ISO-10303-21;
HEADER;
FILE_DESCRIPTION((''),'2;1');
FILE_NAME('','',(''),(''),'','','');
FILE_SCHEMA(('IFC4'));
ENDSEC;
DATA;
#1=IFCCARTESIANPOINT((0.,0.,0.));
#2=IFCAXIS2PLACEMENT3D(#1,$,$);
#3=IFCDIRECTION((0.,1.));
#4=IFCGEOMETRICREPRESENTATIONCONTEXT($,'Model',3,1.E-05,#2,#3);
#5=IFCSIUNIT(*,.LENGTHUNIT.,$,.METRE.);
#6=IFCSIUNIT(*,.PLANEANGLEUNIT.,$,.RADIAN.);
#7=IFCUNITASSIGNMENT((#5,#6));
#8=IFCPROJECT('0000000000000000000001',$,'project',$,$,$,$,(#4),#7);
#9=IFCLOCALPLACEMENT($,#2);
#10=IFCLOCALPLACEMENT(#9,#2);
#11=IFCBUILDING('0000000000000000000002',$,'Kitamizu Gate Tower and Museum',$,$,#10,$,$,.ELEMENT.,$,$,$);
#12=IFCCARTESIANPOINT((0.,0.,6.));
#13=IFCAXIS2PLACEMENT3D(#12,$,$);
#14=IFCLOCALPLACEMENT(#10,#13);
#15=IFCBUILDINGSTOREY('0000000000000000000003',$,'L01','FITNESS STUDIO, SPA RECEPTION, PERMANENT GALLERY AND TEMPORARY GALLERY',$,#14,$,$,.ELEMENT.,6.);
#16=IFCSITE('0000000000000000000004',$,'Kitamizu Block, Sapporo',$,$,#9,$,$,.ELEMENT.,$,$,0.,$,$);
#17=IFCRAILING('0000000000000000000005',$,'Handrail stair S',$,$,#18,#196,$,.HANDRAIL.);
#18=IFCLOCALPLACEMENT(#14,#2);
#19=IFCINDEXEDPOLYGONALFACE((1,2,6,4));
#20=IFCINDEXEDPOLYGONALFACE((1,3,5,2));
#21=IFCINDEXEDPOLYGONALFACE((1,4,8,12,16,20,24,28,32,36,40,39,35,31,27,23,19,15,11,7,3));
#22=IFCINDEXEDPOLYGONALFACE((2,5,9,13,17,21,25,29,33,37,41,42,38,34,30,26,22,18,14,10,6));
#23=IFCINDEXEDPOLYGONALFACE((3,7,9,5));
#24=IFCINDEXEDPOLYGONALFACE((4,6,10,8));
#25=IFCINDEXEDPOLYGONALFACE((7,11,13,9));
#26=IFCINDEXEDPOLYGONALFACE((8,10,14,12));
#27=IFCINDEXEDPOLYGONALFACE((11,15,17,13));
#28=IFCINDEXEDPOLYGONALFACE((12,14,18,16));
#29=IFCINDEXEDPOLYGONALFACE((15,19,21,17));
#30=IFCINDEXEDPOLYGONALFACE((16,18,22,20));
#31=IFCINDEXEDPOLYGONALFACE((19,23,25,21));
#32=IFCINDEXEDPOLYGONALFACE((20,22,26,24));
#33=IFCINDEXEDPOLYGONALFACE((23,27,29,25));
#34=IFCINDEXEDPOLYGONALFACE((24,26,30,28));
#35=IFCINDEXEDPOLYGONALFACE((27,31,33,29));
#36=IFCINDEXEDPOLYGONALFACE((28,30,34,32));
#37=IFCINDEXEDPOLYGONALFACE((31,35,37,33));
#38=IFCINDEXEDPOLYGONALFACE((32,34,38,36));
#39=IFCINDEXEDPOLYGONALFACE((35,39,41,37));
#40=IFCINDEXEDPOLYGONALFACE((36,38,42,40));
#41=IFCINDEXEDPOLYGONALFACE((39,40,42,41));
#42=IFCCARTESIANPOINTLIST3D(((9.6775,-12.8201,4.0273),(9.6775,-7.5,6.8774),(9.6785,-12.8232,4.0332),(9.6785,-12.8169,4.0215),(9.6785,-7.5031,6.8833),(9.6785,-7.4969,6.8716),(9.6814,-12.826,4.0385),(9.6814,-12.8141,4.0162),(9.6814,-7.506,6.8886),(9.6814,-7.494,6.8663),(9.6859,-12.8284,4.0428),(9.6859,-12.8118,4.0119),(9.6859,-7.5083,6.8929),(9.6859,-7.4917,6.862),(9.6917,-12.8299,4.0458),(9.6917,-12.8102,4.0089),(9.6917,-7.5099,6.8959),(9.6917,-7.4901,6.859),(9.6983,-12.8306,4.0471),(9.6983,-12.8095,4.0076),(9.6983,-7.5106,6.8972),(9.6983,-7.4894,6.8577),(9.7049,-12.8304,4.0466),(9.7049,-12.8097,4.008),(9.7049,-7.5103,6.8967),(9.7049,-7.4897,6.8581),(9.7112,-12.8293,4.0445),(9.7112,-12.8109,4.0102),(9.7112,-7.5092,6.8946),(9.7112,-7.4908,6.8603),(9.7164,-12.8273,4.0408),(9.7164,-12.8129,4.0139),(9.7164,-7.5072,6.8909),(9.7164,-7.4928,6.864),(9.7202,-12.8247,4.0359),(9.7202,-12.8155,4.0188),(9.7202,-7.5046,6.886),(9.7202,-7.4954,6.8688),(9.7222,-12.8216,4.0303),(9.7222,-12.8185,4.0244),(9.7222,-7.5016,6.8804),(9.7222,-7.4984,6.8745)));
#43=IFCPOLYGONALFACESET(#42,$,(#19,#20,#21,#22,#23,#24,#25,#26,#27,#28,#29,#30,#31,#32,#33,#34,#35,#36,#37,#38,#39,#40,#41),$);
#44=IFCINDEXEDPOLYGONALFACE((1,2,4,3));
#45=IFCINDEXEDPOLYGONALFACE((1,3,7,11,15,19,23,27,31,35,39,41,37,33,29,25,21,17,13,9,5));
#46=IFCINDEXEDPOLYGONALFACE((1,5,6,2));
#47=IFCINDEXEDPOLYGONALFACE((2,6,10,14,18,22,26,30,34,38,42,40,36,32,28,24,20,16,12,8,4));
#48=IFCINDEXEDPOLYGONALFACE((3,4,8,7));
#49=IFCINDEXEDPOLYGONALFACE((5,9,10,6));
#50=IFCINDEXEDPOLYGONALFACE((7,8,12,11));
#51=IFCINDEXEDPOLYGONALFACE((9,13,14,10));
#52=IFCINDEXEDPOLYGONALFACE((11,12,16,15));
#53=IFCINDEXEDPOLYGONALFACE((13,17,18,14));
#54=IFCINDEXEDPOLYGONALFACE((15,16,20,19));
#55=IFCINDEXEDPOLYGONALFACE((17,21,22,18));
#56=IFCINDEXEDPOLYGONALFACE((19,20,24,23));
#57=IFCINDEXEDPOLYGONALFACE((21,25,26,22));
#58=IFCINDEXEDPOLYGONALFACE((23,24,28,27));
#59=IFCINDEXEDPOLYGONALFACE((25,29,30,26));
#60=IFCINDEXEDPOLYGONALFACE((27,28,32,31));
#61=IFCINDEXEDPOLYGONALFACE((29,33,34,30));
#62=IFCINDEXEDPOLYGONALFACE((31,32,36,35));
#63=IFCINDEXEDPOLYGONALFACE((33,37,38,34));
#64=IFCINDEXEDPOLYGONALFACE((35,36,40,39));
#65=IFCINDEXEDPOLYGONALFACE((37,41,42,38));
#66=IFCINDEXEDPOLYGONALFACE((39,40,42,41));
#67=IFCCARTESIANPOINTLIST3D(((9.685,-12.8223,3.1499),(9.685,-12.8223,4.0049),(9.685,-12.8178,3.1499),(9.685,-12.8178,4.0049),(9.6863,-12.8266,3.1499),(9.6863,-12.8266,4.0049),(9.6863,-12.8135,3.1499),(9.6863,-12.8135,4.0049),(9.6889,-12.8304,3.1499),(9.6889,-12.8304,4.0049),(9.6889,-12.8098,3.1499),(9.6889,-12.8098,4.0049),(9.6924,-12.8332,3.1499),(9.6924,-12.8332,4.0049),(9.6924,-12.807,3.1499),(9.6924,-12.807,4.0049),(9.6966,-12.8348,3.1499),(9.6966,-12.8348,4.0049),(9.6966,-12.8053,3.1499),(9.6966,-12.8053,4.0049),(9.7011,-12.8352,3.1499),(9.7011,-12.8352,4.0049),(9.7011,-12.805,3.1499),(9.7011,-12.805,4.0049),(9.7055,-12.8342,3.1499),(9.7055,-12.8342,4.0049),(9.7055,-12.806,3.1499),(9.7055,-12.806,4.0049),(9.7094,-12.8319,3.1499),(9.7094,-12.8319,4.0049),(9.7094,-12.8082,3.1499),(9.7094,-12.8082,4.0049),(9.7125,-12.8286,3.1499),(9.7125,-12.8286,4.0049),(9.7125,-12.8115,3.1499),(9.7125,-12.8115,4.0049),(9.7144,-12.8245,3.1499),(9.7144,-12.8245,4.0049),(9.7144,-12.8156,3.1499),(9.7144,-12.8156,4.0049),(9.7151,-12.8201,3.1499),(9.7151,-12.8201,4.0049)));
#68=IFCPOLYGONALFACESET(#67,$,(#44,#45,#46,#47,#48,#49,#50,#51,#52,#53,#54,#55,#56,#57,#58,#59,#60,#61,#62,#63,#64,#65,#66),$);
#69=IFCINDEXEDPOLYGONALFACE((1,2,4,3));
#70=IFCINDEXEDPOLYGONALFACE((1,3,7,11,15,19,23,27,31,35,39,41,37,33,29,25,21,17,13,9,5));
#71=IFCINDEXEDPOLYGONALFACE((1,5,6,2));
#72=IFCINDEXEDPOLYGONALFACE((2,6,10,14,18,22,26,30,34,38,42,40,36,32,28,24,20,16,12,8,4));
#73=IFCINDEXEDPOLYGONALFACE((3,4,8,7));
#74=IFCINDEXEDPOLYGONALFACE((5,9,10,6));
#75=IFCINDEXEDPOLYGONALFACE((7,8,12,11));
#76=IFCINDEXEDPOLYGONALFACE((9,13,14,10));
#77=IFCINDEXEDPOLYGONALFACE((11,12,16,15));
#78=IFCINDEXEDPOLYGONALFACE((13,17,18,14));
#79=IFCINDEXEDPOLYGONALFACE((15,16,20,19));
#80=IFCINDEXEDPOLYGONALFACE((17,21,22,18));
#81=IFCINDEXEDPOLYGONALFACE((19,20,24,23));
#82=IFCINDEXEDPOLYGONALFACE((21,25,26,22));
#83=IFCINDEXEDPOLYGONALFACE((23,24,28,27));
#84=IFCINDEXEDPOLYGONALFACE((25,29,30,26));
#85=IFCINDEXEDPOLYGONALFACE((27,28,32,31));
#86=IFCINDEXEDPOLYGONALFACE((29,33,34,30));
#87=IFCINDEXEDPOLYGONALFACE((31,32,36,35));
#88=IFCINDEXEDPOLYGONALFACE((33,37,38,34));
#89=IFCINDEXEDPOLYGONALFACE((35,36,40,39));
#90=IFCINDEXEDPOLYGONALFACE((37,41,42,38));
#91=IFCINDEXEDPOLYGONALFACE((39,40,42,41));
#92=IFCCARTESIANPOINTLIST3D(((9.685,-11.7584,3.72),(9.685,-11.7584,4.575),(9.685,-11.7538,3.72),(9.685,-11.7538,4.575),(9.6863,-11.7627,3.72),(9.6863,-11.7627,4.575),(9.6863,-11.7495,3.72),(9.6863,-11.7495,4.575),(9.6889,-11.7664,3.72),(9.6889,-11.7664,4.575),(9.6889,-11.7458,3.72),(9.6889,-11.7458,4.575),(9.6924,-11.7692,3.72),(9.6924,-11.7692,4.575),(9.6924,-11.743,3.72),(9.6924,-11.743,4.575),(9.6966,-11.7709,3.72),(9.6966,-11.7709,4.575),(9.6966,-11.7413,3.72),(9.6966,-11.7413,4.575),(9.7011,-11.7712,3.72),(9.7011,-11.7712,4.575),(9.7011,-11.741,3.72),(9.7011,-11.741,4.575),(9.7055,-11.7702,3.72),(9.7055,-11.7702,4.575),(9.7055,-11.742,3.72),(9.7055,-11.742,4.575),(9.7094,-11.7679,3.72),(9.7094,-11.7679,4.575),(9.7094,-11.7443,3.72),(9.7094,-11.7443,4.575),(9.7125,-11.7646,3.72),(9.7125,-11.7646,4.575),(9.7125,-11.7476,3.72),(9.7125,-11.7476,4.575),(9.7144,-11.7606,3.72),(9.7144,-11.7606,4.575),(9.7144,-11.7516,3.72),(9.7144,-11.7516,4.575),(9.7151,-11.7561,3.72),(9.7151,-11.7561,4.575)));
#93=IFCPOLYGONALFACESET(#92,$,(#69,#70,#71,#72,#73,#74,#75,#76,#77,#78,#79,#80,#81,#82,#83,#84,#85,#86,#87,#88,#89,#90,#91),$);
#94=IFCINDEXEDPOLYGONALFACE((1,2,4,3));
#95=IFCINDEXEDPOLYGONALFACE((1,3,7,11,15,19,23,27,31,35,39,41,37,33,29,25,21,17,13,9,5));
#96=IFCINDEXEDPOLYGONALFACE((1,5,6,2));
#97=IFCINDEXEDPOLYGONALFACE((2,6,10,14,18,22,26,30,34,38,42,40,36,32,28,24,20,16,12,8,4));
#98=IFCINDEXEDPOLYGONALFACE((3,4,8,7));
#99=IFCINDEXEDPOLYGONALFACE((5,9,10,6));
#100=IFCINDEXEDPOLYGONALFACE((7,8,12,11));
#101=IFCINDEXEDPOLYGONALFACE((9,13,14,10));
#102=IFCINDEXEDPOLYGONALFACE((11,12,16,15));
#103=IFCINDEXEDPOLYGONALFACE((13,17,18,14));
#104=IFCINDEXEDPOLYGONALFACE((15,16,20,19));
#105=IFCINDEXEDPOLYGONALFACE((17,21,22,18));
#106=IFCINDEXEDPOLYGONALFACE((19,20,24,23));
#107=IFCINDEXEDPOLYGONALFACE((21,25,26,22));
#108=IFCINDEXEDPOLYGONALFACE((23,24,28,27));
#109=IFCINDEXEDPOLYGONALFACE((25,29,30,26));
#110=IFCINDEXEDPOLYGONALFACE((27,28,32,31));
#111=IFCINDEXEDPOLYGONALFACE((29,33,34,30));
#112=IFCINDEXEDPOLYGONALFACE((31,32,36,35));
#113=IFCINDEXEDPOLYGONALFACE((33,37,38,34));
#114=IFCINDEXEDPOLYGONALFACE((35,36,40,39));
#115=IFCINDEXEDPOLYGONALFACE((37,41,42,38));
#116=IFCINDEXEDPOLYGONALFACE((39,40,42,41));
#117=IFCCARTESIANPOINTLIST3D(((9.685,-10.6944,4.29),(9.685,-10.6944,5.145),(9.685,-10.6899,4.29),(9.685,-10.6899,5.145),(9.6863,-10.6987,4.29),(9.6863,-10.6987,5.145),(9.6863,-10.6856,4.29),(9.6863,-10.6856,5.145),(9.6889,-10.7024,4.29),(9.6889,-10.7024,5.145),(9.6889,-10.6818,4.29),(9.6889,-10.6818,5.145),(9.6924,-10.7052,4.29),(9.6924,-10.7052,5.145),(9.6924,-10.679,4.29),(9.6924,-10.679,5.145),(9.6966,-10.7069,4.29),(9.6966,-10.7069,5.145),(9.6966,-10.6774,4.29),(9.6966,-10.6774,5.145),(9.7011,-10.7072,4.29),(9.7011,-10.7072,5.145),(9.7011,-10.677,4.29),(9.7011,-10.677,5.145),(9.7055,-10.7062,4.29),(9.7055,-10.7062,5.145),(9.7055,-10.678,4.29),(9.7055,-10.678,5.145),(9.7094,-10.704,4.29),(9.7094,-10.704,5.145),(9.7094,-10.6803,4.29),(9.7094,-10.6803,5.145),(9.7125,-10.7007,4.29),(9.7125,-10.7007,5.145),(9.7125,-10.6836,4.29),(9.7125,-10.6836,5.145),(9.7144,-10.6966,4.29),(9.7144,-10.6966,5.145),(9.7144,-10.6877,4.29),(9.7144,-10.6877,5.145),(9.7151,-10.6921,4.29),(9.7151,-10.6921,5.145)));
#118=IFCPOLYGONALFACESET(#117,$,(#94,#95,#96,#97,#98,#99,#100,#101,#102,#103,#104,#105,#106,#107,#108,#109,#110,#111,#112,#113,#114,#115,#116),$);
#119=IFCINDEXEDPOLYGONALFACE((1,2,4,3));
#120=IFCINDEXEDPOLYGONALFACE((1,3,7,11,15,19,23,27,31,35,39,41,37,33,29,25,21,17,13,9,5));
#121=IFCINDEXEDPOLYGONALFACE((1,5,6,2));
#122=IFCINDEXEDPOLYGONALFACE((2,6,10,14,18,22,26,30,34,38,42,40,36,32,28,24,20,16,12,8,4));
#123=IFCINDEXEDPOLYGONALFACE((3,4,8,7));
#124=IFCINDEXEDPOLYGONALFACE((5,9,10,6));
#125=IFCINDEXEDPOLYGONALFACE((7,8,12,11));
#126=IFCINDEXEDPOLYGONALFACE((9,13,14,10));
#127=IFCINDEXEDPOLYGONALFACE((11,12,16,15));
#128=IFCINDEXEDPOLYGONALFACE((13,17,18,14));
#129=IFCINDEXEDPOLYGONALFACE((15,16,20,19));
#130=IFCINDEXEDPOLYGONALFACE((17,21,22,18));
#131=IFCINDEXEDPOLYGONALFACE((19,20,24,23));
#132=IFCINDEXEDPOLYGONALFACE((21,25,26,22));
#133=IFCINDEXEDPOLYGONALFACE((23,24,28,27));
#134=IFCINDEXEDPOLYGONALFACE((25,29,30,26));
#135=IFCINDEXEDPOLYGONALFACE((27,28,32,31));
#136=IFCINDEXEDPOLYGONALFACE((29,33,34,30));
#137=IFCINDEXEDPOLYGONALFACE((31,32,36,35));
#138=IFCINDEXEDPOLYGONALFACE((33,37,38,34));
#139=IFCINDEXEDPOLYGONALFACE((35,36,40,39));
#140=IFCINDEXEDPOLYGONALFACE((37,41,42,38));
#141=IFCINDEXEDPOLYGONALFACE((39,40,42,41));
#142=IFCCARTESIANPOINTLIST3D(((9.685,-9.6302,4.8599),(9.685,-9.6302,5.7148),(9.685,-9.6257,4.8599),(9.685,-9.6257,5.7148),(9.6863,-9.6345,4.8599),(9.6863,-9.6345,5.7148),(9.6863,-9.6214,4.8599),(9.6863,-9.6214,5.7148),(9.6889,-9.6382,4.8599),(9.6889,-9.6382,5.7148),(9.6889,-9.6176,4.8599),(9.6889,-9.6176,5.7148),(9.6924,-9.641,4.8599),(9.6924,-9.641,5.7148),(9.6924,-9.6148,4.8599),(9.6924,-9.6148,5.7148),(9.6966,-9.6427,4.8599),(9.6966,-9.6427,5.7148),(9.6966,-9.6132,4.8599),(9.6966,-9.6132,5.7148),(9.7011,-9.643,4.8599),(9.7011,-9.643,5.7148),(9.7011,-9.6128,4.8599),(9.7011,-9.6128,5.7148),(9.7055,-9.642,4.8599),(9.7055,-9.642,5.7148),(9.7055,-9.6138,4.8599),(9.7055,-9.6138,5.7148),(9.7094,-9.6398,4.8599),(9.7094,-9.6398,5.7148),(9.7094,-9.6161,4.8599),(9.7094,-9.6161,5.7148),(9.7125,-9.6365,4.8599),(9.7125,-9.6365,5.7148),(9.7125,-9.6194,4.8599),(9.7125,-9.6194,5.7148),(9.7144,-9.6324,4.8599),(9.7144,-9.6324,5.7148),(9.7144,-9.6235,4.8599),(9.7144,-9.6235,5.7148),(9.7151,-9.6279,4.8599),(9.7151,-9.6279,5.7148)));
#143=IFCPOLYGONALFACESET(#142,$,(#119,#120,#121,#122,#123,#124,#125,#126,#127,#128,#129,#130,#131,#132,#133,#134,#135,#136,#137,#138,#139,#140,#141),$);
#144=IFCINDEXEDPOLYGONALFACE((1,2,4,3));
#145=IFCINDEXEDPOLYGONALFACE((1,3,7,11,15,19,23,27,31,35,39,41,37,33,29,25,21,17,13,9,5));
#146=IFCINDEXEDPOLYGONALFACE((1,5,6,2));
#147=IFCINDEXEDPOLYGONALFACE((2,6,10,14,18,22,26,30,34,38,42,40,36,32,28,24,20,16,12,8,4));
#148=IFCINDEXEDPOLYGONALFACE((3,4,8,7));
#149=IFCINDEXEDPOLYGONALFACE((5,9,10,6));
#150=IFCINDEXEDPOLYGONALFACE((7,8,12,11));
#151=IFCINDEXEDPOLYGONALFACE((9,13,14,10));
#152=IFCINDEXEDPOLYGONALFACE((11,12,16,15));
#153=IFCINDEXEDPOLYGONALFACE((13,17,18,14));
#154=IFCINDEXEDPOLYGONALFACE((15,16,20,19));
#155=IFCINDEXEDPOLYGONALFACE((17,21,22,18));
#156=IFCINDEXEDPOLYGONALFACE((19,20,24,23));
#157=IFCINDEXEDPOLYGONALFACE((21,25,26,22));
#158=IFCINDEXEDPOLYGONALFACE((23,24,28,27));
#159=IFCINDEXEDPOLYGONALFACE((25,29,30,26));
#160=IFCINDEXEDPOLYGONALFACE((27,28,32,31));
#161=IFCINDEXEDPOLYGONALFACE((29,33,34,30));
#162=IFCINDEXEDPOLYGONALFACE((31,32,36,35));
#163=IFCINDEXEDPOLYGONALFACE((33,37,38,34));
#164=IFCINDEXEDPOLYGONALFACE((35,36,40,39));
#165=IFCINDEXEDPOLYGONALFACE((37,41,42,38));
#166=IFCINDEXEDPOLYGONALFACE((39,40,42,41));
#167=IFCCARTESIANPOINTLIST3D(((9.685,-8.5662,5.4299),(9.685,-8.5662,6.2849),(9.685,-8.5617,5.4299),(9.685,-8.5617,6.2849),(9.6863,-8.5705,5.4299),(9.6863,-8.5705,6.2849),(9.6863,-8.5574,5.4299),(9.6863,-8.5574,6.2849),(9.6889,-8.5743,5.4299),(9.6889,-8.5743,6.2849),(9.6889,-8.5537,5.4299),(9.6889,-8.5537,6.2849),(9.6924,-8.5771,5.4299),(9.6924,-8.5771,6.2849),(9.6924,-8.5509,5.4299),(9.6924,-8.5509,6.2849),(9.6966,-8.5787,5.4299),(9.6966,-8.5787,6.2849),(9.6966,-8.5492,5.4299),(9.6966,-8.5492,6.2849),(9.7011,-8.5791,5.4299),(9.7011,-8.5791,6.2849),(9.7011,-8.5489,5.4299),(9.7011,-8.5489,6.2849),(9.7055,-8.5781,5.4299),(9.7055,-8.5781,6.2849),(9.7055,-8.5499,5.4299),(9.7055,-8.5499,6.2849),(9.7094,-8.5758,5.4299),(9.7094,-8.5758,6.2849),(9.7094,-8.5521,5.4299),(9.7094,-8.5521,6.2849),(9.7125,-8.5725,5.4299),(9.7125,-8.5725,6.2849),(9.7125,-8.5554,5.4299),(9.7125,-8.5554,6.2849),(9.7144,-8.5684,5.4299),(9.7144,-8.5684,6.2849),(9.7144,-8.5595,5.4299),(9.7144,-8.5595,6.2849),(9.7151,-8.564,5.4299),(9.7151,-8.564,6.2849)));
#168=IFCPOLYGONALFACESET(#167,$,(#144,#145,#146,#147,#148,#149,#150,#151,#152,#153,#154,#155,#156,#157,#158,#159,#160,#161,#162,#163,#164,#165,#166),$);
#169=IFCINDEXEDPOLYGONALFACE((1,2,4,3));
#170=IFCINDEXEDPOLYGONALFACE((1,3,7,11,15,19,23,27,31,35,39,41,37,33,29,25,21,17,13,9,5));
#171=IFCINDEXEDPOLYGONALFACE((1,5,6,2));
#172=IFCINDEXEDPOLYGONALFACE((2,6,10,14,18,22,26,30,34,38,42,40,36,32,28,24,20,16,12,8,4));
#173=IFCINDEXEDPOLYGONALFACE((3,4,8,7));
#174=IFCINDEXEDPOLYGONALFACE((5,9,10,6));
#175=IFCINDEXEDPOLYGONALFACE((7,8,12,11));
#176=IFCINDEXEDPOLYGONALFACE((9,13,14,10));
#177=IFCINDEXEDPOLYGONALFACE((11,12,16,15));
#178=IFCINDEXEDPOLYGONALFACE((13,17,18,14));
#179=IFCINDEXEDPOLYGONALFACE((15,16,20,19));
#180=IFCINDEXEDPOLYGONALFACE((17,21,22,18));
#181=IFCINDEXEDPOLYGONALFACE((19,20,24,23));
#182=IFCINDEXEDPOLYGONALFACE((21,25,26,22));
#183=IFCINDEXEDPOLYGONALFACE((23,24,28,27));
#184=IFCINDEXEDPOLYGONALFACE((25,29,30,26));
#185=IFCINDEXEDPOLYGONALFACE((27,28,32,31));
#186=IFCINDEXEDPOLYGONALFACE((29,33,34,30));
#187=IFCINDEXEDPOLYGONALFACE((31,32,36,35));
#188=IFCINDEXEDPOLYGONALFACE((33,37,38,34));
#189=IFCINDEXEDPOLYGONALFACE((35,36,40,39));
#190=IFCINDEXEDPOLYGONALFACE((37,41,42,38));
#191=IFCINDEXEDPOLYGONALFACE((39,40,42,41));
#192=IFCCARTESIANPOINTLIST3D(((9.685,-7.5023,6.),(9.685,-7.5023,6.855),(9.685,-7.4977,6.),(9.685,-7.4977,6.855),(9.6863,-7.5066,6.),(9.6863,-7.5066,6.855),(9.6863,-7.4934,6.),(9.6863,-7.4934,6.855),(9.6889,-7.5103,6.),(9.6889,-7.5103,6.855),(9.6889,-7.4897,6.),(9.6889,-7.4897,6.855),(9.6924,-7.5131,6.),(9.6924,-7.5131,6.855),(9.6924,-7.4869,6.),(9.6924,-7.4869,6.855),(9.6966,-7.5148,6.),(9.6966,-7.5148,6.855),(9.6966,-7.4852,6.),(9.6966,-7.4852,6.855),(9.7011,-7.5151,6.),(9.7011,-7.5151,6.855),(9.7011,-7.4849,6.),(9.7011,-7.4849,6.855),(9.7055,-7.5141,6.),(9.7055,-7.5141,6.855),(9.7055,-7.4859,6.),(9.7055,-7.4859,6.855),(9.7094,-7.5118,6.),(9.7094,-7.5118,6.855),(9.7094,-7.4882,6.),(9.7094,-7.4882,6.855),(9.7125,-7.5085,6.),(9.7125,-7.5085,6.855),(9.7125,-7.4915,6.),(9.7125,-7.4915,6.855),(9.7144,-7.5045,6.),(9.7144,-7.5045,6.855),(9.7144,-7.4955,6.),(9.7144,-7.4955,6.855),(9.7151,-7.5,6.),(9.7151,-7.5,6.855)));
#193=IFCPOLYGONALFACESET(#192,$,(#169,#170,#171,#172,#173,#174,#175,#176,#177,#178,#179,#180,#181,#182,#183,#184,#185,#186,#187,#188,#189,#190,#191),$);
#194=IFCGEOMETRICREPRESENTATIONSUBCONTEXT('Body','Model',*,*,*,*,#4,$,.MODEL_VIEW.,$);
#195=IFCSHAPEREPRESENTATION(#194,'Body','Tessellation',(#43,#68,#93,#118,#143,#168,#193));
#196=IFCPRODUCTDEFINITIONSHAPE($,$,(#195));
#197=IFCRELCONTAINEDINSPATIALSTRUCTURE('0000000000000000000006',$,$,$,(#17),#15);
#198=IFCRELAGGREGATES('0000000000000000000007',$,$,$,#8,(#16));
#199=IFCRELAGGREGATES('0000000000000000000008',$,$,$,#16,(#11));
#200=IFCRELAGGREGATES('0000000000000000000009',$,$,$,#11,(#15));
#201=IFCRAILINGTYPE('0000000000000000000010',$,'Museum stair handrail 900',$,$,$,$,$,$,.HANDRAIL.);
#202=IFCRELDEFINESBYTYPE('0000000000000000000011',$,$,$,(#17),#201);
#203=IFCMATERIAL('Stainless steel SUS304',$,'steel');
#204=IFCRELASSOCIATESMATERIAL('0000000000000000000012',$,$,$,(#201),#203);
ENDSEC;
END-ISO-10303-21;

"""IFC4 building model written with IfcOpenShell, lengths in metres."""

from ifc_helpers import new_model, si_unit, direction, frame, origin, origin_2d, place, context, subcontext, project, spatial, circle, extrude, material, type_object, element, save


model = new_model("IFC4")

# Units and contexts
model_context = context("Model", 3, precision=1e-05, world=origin(), true_north=direction((0.0, 1.0)))
body_context = subcontext(model_context, "Body", "Model", "MODEL_VIEW")
ifc_project = project(units=[si_unit("LENGTHUNIT", "METRE"), si_unit("PLANEANGLEUNIT", "RADIAN")], contexts=[model_context])

# Site, building, storey
site_placement = place(None, origin())
site = spatial("IfcSite", under=ifc_project, at=site_placement, Name="Kitamizu Block, Sapporo", CompositionType="ELEMENT", RefElevation=0.0)
building_placement = place(site_placement, origin())
building = spatial("IfcBuilding", under=site, at=building_placement, Name="Kitamizu Gate Tower and Museum", CompositionType="ELEMENT")
storey_placement = place(building_placement, frame((0.0, 0.0, 6.0)))
storey = spatial("IfcBuildingStorey", under=building, at=storey_placement, Name="L01", Description="FITNESS STUDIO, SPA RECEPTION, PERMANENT GALLERY AND TEMPORARY GALLERY", CompositionType="ELEMENT", Elevation=6.0)

# Railing
ifc_material_1 = material(Name="Stainless steel SUS304", Category="steel")
railing_type = type_object("IfcRailingType", Name="Museum stair handrail 900", PredefinedType="HANDRAIL", material=ifc_material_1)
railing_placement = place(storey_placement, frame((9.7, -12.8201, 3.1499)))
element("IfcRailing", 1, at=railing_placement, inside=storey, type_object=railing_type, Name="Handrail stair S", PredefinedType="HANDRAIL", context=body_context, shape_type="SweptSolid", body=[
    extrude(circle(Radius=0.0225, at=origin_2d()), frame((0.0, 0.0, 0.8774), z_axis=(0.0, 0.881476, 0.472229), x_axis=(-1.0, 0.0, 0.0)), (0.0, 0.0, 1.0), 6.0354),
    extrude(circle(Radius=0.0151, at=origin_2d()), origin(), (0.0, 0.0, 1.0), 0.855),
    extrude(circle(Radius=0.0151, at=origin_2d()), frame((0.0, 1.064, 0.5701)), (0.0, 0.0, 1.0), 0.855),
    extrude(circle(Radius=0.0151, at=origin_2d()), frame((0.0, 2.1279, 1.1401)), (0.0, 0.0, 1.0), 0.855),
    extrude(circle(Radius=0.0151, at=origin_2d()), frame((0.0, 3.1921, 1.71)), (0.0, 0.0, 1.0), 0.855),
    extrude(circle(Radius=0.0151, at=origin_2d()), frame((0.0, 4.2561, 2.28)), (0.0, 0.0, 1.0), 0.855),
    extrude(circle(Radius=0.0151, at=origin_2d()), frame((0.0, 5.3201, 2.8501)), (0.0, 0.0, 1.0), 0.855),
])

save(model, "model.ifc")
